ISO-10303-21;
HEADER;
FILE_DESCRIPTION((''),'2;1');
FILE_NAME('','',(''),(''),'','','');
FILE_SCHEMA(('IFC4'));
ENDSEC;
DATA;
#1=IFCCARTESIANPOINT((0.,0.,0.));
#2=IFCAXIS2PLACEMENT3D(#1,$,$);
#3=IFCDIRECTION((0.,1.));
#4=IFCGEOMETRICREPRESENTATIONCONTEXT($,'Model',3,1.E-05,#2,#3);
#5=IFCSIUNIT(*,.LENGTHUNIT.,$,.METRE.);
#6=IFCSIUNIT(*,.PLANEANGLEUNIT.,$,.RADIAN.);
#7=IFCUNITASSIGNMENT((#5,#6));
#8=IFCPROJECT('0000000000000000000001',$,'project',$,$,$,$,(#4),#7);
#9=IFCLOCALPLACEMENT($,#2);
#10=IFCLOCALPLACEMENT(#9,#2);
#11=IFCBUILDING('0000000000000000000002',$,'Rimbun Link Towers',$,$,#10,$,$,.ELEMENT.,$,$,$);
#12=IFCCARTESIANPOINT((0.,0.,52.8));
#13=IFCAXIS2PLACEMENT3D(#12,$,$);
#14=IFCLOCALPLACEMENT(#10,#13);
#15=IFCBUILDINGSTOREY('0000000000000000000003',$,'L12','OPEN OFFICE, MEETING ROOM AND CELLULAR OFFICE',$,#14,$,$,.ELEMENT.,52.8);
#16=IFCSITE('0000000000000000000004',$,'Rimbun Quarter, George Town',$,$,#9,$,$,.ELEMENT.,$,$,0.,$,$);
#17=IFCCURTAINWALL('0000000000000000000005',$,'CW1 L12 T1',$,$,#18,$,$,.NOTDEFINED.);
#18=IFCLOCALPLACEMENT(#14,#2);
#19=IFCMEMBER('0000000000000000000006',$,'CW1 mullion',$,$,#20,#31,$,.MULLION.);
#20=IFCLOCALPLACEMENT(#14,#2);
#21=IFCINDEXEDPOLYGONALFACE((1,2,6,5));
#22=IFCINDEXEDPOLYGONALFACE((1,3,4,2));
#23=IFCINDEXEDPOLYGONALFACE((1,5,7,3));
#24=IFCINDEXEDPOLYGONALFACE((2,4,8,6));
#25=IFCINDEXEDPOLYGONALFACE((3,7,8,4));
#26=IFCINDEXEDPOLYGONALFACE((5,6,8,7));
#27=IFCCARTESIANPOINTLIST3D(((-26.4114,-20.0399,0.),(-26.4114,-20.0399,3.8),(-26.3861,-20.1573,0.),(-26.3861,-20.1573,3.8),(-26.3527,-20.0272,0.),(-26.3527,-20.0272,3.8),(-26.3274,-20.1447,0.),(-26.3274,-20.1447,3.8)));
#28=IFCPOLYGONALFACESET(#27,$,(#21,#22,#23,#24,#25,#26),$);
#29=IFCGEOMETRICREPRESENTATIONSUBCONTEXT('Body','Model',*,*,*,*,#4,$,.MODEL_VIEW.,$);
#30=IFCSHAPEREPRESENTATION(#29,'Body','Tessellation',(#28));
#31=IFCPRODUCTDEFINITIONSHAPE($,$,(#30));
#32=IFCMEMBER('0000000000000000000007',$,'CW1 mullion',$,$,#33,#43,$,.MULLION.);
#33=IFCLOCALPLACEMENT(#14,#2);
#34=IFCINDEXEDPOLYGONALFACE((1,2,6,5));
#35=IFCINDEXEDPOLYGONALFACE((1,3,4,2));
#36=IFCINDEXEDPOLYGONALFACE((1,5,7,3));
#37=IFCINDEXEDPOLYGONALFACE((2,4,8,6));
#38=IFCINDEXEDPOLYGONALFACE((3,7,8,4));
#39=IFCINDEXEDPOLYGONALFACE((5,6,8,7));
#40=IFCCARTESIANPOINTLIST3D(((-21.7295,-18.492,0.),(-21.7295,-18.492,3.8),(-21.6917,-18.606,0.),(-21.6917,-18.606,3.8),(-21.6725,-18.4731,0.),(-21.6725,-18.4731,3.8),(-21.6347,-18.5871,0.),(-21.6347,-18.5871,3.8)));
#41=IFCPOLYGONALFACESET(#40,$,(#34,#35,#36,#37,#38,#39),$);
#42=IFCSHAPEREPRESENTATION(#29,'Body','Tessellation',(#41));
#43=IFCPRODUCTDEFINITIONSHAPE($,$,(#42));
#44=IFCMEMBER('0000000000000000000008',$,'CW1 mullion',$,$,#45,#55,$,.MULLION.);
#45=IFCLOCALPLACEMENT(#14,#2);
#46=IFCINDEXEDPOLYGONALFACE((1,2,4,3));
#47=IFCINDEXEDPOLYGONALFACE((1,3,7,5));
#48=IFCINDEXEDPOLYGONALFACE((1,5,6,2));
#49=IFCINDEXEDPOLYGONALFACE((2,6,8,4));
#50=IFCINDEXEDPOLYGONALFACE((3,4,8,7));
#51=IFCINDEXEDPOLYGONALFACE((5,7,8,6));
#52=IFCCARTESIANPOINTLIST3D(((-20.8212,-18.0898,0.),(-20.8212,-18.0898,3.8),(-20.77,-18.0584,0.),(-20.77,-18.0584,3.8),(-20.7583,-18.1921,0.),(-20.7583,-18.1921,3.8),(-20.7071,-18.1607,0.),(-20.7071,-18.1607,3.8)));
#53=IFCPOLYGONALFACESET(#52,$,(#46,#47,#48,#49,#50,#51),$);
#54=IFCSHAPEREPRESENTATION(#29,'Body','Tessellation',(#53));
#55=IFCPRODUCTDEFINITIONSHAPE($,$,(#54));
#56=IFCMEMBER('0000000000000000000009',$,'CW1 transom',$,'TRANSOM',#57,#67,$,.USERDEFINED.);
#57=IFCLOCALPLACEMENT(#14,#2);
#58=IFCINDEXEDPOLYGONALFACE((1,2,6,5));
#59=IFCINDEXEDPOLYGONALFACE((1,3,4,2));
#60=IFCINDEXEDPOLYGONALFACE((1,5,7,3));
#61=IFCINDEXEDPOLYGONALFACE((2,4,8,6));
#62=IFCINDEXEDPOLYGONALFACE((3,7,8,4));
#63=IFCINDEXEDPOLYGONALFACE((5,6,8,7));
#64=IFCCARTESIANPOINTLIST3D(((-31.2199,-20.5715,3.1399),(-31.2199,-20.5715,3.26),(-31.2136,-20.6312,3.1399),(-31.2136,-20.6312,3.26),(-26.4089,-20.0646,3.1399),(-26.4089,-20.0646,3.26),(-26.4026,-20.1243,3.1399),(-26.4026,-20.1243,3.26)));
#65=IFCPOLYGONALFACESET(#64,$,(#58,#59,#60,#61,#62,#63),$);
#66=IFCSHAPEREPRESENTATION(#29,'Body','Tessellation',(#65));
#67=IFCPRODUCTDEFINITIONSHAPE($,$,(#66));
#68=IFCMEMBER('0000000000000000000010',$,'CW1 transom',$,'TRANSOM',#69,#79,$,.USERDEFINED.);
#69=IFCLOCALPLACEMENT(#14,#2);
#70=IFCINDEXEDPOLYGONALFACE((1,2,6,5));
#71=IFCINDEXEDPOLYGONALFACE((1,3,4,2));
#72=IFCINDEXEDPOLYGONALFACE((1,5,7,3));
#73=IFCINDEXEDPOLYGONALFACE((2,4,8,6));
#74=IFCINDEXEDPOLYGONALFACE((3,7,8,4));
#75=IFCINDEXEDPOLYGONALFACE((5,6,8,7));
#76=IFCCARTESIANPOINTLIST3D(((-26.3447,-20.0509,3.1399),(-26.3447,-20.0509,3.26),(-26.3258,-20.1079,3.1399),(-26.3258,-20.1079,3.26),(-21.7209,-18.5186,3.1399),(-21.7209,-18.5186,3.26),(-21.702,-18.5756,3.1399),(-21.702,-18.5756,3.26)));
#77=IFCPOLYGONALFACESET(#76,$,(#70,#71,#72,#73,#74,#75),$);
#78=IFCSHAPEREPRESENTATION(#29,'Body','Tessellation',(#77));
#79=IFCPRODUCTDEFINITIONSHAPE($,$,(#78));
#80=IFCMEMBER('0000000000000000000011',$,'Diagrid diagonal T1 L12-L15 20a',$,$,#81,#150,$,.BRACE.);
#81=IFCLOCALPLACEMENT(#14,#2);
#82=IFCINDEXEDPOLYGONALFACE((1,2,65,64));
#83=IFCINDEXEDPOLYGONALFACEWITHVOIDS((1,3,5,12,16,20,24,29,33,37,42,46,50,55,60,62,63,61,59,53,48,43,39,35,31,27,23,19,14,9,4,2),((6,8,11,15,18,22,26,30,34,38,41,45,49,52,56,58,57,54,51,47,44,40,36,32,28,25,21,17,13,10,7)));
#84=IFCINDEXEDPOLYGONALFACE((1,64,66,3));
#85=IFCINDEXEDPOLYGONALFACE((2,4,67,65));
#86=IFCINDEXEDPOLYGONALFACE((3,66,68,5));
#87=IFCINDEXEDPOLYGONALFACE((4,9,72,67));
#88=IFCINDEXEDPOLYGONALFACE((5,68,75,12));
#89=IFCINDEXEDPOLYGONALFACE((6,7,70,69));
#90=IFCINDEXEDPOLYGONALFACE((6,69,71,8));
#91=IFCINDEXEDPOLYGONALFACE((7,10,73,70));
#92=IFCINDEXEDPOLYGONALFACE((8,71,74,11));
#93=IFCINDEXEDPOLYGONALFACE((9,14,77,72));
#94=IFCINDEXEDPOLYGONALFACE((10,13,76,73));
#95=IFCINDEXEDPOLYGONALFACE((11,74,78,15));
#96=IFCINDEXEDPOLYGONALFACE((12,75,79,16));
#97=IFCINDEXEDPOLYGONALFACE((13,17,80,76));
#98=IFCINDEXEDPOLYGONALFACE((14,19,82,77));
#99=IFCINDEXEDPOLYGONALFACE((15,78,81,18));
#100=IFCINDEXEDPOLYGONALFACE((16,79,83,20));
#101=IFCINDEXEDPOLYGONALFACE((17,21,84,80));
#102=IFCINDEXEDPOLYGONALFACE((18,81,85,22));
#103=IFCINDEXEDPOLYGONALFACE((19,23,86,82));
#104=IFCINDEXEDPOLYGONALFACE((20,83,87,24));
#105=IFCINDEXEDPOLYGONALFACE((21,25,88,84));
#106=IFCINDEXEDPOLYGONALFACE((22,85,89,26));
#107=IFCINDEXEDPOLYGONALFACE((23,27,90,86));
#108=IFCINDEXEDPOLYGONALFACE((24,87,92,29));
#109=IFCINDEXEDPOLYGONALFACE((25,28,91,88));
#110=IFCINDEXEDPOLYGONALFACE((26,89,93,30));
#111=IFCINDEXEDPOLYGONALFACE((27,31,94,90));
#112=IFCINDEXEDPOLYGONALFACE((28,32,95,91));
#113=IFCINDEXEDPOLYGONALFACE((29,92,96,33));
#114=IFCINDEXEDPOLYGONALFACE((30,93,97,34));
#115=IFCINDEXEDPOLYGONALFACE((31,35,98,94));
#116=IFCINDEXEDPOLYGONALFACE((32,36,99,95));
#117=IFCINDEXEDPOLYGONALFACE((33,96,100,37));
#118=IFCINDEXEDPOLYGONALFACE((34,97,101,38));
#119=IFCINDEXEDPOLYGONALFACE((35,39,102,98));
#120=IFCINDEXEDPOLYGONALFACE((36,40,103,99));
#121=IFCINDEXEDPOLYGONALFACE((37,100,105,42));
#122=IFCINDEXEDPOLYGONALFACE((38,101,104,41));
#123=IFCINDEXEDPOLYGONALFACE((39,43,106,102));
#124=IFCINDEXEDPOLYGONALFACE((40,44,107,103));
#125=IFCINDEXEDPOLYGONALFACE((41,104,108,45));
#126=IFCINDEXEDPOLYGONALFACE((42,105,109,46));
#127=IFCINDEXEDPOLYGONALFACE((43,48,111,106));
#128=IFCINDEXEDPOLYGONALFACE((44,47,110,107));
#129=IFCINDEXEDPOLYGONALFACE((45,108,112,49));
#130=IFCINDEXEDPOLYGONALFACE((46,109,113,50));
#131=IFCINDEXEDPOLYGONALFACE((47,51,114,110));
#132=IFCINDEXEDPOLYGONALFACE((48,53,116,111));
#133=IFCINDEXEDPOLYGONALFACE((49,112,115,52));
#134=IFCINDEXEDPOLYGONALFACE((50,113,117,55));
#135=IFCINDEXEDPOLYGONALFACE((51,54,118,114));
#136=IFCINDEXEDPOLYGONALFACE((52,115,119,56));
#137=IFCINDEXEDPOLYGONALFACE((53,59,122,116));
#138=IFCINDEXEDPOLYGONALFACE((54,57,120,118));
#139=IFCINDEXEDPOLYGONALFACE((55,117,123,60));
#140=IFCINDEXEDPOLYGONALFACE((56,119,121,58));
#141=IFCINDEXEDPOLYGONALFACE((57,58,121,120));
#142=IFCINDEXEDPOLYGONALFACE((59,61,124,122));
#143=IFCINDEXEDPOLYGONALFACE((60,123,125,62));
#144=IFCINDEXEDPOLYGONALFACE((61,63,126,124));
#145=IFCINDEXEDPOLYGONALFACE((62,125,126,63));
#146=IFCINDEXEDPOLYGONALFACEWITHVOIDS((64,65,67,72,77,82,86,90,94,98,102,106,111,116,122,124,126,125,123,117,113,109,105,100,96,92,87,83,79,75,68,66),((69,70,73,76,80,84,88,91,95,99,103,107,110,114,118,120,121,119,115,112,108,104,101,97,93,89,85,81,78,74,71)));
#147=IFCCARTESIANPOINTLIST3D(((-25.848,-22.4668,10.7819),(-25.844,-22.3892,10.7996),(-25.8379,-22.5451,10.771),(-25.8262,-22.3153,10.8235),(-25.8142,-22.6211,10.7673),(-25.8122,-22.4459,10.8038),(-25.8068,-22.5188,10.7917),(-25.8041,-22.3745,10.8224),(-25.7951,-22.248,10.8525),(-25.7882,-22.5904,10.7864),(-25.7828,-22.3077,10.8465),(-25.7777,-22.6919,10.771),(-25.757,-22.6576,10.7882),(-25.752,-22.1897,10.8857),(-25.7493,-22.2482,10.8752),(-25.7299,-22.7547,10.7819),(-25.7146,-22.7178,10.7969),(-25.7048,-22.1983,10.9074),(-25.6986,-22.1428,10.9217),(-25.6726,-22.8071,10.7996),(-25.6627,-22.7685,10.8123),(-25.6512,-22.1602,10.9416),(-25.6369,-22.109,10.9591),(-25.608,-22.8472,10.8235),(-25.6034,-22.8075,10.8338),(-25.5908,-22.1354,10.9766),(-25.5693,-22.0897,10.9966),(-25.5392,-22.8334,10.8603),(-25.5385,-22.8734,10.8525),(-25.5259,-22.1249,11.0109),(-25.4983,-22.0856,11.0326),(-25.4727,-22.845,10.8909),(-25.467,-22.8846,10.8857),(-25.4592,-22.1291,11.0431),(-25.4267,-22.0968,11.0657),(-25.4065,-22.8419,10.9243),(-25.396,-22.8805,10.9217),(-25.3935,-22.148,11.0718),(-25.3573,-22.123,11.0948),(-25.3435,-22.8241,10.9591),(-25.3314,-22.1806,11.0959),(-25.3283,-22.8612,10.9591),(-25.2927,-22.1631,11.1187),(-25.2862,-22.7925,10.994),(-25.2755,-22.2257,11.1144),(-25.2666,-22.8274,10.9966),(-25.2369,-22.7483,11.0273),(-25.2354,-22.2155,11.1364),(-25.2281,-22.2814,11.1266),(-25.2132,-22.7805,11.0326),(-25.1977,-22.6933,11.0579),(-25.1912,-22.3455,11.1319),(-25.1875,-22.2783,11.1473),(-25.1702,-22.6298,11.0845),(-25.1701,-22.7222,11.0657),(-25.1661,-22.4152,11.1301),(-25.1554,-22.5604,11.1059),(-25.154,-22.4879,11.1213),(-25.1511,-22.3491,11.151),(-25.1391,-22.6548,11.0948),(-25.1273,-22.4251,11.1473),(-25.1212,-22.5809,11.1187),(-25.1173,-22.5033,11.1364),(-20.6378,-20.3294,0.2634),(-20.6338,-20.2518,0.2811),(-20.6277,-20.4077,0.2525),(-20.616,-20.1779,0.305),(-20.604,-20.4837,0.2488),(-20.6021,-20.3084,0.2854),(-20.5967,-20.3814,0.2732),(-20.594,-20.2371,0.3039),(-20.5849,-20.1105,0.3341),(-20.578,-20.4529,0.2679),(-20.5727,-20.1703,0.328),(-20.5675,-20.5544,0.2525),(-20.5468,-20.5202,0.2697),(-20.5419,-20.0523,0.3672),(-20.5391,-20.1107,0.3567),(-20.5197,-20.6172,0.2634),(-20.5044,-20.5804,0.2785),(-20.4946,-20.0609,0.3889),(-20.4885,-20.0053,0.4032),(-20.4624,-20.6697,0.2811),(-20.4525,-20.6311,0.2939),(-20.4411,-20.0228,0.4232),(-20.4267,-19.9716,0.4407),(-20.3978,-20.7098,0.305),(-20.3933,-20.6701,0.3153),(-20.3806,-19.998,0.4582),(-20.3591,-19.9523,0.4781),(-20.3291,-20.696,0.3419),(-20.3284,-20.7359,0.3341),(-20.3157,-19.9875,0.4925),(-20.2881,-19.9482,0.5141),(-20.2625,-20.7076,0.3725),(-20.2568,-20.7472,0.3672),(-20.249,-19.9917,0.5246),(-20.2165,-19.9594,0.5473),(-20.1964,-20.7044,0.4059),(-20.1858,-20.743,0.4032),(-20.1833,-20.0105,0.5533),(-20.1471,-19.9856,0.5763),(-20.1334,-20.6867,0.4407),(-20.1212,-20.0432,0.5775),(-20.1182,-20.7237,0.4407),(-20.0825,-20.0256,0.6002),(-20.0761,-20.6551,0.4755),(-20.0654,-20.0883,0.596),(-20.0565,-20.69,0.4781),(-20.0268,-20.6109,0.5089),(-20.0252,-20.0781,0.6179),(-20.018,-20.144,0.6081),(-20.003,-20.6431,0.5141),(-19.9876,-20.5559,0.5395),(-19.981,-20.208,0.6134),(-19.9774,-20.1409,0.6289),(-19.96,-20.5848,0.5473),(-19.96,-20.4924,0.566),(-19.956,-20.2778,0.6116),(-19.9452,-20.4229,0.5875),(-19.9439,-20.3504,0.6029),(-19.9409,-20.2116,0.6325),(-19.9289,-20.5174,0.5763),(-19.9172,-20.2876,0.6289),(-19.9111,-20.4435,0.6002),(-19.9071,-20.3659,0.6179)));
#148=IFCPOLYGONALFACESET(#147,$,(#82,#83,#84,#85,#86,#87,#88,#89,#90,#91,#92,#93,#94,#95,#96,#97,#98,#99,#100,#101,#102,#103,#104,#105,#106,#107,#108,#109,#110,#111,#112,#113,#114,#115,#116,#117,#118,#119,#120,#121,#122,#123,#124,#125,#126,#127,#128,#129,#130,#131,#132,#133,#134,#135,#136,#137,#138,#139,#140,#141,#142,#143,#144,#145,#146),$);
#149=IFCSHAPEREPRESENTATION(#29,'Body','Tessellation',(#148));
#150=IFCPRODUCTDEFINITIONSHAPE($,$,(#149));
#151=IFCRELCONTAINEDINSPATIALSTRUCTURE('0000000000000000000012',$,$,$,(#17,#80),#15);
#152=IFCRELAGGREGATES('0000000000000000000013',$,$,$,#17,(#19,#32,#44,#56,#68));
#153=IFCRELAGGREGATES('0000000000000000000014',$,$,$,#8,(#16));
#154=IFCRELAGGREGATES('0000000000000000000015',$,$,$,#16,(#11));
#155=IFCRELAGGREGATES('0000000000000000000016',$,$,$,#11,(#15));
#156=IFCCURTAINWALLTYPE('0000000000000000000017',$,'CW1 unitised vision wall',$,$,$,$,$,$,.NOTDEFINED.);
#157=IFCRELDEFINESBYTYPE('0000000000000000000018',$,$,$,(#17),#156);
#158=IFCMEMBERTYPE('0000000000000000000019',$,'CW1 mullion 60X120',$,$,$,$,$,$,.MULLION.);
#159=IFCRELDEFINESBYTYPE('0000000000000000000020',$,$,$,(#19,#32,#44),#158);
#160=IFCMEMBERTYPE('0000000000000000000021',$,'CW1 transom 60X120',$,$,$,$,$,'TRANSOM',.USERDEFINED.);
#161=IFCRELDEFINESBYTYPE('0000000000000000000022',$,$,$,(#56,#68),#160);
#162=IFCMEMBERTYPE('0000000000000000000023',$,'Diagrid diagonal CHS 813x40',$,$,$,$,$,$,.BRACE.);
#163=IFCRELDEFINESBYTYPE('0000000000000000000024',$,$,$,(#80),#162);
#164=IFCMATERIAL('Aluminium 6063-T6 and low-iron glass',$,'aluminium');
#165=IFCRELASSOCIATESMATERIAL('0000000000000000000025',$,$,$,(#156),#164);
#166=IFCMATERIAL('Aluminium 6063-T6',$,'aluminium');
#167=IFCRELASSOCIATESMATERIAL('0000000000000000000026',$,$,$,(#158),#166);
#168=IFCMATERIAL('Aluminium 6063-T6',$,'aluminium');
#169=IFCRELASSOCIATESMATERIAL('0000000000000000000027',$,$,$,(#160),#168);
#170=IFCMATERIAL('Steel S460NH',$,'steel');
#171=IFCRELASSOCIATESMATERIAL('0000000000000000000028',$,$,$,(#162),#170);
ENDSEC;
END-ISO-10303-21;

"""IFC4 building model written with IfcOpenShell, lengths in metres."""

from ifc_helpers import new_model, si_unit, direction, frame, origin, origin_2d, place, context, subcontext, project, spatial, rectangle, hollow_circle, extrude, material, material_profile, profile_set, type_object, element, aggregate, save


model = new_model("IFC4")

# Units and contexts
model_context = context("Model", 3, precision=1e-05, world=origin(), true_north=direction((0.0, 1.0)))
body_context = subcontext(model_context, "Body", "Model", "MODEL_VIEW")
ifc_project = project(units=[si_unit("LENGTHUNIT", "METRE"), si_unit("PLANEANGLEUNIT", "RADIAN")], contexts=[model_context])

# Site, building, storey
site_placement = place(None, origin())
site = spatial("IfcSite", under=ifc_project, at=site_placement, Name="Rimbun Quarter, George Town", CompositionType="ELEMENT", RefElevation=0.0)
building_placement = place(site_placement, origin())
building = spatial("IfcBuilding", under=site, at=building_placement, Name="Rimbun Link Towers", CompositionType="ELEMENT")
storey_placement = place(building_placement, frame((0.0, 0.0, 52.8)))
storey = spatial("IfcBuildingStorey", under=building, at=storey_placement, Name="L12", Description="OPEN OFFICE, MEETING ROOM AND CELLULAR OFFICE", CompositionType="ELEMENT", Elevation=52.8)

# Curtain wall, members
ifc_material_1 = material(Name="Aluminium 6063-T6 and low-iron glass", Category="aluminium")
curtain_wall_type = type_object("IfcCurtainWallType", Name="CW1 unitised vision wall", PredefinedType="NOTDEFINED", material=ifc_material_1)
curtain_wall_placement = place(storey_placement, origin())
curtain_wall = element("IfcCurtainWall", 1, at=curtain_wall_placement, inside=storey, type_object=curtain_wall_type, Name="CW1 L12 T1", PredefinedType="NOTDEFINED")
ifc_material_2 = material(Name="Aluminium 6063-T6", Category="aluminium")
ifc_material_profile_1 = material_profile(ifc_material_2, rectangle(XDim=0.1201, YDim=0.0601, at=origin_2d()), Name="MULLION 60X120")
ifc_profile_set_1 = profile_set([ifc_material_profile_1], Name="Aluminium 6063-T6")
member_type_1 = type_object("IfcMemberType", Name="CW1 mullion 60X120", PredefinedType="MULLION", material=ifc_profile_set_1)
member_1_placement = place(storey_placement, frame((-26.3694, -20.0923, 0.0), z_axis=(0.0, 0.0, 1.0), x_axis=(0.210874, -0.977513, 0.0)))
member_1 = element("IfcMember", 2, at=member_1_placement, type_object=member_type_1, Name="CW1 mullion", PredefinedType="MULLION", context=body_context, shape_type="SweptSolid", body=[
    extrude(rectangle(XDim=0.1201, YDim=0.0601, at=origin_2d()), origin(), (0.0, 0.0, 1.0), 3.8),
])
member_2_placement = place(storey_placement, frame((-21.6821, -18.5396, 0.0), z_axis=(0.0, 0.0, 1.0), x_axis=(0.314563, -0.949236, 0.0)))
member_2 = element("IfcMember", 3, at=member_2_placement, type_object=member_type_1, Name="CW1 mullion", PredefinedType="MULLION", context=body_context, shape_type="SweptSolid", body=[
    extrude(rectangle(XDim=0.1201, YDim=0.0601, at=origin_2d()), origin(), (0.0, 0.0, 1.0), 3.8),
])
member_3_placement = place(storey_placement, frame((-20.7642, -18.1252, 0.0), z_axis=(0.0, 0.0, 1.0), x_axis=(0.523243, -0.852183, 0.0)))
member_3 = element("IfcMember", 4, at=member_3_placement, type_object=member_type_1, Name="CW1 mullion", PredefinedType="MULLION", context=body_context, shape_type="SweptSolid", body=[
    extrude(rectangle(XDim=0.1201, YDim=0.0601, at=origin_2d()), origin(), (0.0, 0.0, 1.0), 3.8),
])
ifc_material_3 = material(Name="Aluminium 6063-T6", Category="aluminium")
ifc_material_profile_2 = material_profile(ifc_material_3, rectangle(XDim=0.0601, YDim=0.1201, at=origin_2d()), Name="TRANSOM 60X120")
ifc_profile_set_2 = profile_set([ifc_material_profile_2], Name="Aluminium 6063-T6")
member_type_2 = type_object("IfcMemberType", Name="CW1 transom 60X120", ElementType="TRANSOM", PredefinedType="USERDEFINED", material=ifc_profile_set_2)
member_4_placement = place(storey_placement, frame((-26.4058, -20.0945, 3.2), z_axis=(-0.994497, -0.104769, 0.0), x_axis=(0.104769, -0.994497, 0.0)))
member_4 = element("IfcMember", 5, at=member_4_placement, type_object=member_type_2, Name="CW1 transom", ObjectType="TRANSOM", PredefinedType="USERDEFINED", context=body_context, shape_type="SweptSolid", body=[
    extrude(rectangle(XDim=0.0601, YDim=0.1201, at=origin_2d()), origin(), (0.0, 0.0, 1.0), 4.8376),
])
member_5_placement = place(storey_placement, frame((-21.7114, -18.5471, 3.2), z_axis=(-0.949238, -0.314558, 0.0), x_axis=(0.314558, -0.949238, 0.0)))
member_5 = element("IfcMember", 6, at=member_5_placement, type_object=member_type_2, Name="CW1 transom", ObjectType="TRANSOM", PredefinedType="USERDEFINED", context=body_context, shape_type="SweptSolid", body=[
    extrude(rectangle(XDim=0.0601, YDim=0.1201, at=origin_2d()), origin(), (0.0, 0.0, 1.0), 4.8711),
])

# Member
ifc_material_4 = material(Name="Steel S460NH", Category="steel")
ifc_material_profile_3 = material_profile(ifc_material_4, hollow_circle(Radius=0.4065, WallThickness=0.04, at=origin_2d()), Name="Diagrid diagonal CHS 813x40")
ifc_profile_set_3 = profile_set([ifc_material_profile_3], Name="Steel S460NH")
member_type_3 = type_object("IfcMemberType", Name="Diagrid diagonal CHS 813x40", PredefinedType="BRACE", material=ifc_profile_set_3)
member_6_placement = place(storey_placement, frame((-20.2725, -20.3477, 0.4407), z_axis=(-0.436685, -0.179147, 0.881596), x_axis=(0.379546, -0.925173, 0.0)))
element("IfcMember", 7, at=member_6_placement, inside=storey, type_object=member_type_3, Name="Diagrid diagonal T1 L12-L15 20a", PredefinedType="BRACE", context=body_context, shape_type="SweptSolid", body=[
    extrude(hollow_circle(Radius=0.4065, WallThickness=0.04, at=origin_2d()), origin(), (0.0, 0.0, 1.0), 11.9312),
])

aggregate(curtain_wall, [member_1, member_2, member_3, member_4, member_5])

save(model, "model.ifc")
